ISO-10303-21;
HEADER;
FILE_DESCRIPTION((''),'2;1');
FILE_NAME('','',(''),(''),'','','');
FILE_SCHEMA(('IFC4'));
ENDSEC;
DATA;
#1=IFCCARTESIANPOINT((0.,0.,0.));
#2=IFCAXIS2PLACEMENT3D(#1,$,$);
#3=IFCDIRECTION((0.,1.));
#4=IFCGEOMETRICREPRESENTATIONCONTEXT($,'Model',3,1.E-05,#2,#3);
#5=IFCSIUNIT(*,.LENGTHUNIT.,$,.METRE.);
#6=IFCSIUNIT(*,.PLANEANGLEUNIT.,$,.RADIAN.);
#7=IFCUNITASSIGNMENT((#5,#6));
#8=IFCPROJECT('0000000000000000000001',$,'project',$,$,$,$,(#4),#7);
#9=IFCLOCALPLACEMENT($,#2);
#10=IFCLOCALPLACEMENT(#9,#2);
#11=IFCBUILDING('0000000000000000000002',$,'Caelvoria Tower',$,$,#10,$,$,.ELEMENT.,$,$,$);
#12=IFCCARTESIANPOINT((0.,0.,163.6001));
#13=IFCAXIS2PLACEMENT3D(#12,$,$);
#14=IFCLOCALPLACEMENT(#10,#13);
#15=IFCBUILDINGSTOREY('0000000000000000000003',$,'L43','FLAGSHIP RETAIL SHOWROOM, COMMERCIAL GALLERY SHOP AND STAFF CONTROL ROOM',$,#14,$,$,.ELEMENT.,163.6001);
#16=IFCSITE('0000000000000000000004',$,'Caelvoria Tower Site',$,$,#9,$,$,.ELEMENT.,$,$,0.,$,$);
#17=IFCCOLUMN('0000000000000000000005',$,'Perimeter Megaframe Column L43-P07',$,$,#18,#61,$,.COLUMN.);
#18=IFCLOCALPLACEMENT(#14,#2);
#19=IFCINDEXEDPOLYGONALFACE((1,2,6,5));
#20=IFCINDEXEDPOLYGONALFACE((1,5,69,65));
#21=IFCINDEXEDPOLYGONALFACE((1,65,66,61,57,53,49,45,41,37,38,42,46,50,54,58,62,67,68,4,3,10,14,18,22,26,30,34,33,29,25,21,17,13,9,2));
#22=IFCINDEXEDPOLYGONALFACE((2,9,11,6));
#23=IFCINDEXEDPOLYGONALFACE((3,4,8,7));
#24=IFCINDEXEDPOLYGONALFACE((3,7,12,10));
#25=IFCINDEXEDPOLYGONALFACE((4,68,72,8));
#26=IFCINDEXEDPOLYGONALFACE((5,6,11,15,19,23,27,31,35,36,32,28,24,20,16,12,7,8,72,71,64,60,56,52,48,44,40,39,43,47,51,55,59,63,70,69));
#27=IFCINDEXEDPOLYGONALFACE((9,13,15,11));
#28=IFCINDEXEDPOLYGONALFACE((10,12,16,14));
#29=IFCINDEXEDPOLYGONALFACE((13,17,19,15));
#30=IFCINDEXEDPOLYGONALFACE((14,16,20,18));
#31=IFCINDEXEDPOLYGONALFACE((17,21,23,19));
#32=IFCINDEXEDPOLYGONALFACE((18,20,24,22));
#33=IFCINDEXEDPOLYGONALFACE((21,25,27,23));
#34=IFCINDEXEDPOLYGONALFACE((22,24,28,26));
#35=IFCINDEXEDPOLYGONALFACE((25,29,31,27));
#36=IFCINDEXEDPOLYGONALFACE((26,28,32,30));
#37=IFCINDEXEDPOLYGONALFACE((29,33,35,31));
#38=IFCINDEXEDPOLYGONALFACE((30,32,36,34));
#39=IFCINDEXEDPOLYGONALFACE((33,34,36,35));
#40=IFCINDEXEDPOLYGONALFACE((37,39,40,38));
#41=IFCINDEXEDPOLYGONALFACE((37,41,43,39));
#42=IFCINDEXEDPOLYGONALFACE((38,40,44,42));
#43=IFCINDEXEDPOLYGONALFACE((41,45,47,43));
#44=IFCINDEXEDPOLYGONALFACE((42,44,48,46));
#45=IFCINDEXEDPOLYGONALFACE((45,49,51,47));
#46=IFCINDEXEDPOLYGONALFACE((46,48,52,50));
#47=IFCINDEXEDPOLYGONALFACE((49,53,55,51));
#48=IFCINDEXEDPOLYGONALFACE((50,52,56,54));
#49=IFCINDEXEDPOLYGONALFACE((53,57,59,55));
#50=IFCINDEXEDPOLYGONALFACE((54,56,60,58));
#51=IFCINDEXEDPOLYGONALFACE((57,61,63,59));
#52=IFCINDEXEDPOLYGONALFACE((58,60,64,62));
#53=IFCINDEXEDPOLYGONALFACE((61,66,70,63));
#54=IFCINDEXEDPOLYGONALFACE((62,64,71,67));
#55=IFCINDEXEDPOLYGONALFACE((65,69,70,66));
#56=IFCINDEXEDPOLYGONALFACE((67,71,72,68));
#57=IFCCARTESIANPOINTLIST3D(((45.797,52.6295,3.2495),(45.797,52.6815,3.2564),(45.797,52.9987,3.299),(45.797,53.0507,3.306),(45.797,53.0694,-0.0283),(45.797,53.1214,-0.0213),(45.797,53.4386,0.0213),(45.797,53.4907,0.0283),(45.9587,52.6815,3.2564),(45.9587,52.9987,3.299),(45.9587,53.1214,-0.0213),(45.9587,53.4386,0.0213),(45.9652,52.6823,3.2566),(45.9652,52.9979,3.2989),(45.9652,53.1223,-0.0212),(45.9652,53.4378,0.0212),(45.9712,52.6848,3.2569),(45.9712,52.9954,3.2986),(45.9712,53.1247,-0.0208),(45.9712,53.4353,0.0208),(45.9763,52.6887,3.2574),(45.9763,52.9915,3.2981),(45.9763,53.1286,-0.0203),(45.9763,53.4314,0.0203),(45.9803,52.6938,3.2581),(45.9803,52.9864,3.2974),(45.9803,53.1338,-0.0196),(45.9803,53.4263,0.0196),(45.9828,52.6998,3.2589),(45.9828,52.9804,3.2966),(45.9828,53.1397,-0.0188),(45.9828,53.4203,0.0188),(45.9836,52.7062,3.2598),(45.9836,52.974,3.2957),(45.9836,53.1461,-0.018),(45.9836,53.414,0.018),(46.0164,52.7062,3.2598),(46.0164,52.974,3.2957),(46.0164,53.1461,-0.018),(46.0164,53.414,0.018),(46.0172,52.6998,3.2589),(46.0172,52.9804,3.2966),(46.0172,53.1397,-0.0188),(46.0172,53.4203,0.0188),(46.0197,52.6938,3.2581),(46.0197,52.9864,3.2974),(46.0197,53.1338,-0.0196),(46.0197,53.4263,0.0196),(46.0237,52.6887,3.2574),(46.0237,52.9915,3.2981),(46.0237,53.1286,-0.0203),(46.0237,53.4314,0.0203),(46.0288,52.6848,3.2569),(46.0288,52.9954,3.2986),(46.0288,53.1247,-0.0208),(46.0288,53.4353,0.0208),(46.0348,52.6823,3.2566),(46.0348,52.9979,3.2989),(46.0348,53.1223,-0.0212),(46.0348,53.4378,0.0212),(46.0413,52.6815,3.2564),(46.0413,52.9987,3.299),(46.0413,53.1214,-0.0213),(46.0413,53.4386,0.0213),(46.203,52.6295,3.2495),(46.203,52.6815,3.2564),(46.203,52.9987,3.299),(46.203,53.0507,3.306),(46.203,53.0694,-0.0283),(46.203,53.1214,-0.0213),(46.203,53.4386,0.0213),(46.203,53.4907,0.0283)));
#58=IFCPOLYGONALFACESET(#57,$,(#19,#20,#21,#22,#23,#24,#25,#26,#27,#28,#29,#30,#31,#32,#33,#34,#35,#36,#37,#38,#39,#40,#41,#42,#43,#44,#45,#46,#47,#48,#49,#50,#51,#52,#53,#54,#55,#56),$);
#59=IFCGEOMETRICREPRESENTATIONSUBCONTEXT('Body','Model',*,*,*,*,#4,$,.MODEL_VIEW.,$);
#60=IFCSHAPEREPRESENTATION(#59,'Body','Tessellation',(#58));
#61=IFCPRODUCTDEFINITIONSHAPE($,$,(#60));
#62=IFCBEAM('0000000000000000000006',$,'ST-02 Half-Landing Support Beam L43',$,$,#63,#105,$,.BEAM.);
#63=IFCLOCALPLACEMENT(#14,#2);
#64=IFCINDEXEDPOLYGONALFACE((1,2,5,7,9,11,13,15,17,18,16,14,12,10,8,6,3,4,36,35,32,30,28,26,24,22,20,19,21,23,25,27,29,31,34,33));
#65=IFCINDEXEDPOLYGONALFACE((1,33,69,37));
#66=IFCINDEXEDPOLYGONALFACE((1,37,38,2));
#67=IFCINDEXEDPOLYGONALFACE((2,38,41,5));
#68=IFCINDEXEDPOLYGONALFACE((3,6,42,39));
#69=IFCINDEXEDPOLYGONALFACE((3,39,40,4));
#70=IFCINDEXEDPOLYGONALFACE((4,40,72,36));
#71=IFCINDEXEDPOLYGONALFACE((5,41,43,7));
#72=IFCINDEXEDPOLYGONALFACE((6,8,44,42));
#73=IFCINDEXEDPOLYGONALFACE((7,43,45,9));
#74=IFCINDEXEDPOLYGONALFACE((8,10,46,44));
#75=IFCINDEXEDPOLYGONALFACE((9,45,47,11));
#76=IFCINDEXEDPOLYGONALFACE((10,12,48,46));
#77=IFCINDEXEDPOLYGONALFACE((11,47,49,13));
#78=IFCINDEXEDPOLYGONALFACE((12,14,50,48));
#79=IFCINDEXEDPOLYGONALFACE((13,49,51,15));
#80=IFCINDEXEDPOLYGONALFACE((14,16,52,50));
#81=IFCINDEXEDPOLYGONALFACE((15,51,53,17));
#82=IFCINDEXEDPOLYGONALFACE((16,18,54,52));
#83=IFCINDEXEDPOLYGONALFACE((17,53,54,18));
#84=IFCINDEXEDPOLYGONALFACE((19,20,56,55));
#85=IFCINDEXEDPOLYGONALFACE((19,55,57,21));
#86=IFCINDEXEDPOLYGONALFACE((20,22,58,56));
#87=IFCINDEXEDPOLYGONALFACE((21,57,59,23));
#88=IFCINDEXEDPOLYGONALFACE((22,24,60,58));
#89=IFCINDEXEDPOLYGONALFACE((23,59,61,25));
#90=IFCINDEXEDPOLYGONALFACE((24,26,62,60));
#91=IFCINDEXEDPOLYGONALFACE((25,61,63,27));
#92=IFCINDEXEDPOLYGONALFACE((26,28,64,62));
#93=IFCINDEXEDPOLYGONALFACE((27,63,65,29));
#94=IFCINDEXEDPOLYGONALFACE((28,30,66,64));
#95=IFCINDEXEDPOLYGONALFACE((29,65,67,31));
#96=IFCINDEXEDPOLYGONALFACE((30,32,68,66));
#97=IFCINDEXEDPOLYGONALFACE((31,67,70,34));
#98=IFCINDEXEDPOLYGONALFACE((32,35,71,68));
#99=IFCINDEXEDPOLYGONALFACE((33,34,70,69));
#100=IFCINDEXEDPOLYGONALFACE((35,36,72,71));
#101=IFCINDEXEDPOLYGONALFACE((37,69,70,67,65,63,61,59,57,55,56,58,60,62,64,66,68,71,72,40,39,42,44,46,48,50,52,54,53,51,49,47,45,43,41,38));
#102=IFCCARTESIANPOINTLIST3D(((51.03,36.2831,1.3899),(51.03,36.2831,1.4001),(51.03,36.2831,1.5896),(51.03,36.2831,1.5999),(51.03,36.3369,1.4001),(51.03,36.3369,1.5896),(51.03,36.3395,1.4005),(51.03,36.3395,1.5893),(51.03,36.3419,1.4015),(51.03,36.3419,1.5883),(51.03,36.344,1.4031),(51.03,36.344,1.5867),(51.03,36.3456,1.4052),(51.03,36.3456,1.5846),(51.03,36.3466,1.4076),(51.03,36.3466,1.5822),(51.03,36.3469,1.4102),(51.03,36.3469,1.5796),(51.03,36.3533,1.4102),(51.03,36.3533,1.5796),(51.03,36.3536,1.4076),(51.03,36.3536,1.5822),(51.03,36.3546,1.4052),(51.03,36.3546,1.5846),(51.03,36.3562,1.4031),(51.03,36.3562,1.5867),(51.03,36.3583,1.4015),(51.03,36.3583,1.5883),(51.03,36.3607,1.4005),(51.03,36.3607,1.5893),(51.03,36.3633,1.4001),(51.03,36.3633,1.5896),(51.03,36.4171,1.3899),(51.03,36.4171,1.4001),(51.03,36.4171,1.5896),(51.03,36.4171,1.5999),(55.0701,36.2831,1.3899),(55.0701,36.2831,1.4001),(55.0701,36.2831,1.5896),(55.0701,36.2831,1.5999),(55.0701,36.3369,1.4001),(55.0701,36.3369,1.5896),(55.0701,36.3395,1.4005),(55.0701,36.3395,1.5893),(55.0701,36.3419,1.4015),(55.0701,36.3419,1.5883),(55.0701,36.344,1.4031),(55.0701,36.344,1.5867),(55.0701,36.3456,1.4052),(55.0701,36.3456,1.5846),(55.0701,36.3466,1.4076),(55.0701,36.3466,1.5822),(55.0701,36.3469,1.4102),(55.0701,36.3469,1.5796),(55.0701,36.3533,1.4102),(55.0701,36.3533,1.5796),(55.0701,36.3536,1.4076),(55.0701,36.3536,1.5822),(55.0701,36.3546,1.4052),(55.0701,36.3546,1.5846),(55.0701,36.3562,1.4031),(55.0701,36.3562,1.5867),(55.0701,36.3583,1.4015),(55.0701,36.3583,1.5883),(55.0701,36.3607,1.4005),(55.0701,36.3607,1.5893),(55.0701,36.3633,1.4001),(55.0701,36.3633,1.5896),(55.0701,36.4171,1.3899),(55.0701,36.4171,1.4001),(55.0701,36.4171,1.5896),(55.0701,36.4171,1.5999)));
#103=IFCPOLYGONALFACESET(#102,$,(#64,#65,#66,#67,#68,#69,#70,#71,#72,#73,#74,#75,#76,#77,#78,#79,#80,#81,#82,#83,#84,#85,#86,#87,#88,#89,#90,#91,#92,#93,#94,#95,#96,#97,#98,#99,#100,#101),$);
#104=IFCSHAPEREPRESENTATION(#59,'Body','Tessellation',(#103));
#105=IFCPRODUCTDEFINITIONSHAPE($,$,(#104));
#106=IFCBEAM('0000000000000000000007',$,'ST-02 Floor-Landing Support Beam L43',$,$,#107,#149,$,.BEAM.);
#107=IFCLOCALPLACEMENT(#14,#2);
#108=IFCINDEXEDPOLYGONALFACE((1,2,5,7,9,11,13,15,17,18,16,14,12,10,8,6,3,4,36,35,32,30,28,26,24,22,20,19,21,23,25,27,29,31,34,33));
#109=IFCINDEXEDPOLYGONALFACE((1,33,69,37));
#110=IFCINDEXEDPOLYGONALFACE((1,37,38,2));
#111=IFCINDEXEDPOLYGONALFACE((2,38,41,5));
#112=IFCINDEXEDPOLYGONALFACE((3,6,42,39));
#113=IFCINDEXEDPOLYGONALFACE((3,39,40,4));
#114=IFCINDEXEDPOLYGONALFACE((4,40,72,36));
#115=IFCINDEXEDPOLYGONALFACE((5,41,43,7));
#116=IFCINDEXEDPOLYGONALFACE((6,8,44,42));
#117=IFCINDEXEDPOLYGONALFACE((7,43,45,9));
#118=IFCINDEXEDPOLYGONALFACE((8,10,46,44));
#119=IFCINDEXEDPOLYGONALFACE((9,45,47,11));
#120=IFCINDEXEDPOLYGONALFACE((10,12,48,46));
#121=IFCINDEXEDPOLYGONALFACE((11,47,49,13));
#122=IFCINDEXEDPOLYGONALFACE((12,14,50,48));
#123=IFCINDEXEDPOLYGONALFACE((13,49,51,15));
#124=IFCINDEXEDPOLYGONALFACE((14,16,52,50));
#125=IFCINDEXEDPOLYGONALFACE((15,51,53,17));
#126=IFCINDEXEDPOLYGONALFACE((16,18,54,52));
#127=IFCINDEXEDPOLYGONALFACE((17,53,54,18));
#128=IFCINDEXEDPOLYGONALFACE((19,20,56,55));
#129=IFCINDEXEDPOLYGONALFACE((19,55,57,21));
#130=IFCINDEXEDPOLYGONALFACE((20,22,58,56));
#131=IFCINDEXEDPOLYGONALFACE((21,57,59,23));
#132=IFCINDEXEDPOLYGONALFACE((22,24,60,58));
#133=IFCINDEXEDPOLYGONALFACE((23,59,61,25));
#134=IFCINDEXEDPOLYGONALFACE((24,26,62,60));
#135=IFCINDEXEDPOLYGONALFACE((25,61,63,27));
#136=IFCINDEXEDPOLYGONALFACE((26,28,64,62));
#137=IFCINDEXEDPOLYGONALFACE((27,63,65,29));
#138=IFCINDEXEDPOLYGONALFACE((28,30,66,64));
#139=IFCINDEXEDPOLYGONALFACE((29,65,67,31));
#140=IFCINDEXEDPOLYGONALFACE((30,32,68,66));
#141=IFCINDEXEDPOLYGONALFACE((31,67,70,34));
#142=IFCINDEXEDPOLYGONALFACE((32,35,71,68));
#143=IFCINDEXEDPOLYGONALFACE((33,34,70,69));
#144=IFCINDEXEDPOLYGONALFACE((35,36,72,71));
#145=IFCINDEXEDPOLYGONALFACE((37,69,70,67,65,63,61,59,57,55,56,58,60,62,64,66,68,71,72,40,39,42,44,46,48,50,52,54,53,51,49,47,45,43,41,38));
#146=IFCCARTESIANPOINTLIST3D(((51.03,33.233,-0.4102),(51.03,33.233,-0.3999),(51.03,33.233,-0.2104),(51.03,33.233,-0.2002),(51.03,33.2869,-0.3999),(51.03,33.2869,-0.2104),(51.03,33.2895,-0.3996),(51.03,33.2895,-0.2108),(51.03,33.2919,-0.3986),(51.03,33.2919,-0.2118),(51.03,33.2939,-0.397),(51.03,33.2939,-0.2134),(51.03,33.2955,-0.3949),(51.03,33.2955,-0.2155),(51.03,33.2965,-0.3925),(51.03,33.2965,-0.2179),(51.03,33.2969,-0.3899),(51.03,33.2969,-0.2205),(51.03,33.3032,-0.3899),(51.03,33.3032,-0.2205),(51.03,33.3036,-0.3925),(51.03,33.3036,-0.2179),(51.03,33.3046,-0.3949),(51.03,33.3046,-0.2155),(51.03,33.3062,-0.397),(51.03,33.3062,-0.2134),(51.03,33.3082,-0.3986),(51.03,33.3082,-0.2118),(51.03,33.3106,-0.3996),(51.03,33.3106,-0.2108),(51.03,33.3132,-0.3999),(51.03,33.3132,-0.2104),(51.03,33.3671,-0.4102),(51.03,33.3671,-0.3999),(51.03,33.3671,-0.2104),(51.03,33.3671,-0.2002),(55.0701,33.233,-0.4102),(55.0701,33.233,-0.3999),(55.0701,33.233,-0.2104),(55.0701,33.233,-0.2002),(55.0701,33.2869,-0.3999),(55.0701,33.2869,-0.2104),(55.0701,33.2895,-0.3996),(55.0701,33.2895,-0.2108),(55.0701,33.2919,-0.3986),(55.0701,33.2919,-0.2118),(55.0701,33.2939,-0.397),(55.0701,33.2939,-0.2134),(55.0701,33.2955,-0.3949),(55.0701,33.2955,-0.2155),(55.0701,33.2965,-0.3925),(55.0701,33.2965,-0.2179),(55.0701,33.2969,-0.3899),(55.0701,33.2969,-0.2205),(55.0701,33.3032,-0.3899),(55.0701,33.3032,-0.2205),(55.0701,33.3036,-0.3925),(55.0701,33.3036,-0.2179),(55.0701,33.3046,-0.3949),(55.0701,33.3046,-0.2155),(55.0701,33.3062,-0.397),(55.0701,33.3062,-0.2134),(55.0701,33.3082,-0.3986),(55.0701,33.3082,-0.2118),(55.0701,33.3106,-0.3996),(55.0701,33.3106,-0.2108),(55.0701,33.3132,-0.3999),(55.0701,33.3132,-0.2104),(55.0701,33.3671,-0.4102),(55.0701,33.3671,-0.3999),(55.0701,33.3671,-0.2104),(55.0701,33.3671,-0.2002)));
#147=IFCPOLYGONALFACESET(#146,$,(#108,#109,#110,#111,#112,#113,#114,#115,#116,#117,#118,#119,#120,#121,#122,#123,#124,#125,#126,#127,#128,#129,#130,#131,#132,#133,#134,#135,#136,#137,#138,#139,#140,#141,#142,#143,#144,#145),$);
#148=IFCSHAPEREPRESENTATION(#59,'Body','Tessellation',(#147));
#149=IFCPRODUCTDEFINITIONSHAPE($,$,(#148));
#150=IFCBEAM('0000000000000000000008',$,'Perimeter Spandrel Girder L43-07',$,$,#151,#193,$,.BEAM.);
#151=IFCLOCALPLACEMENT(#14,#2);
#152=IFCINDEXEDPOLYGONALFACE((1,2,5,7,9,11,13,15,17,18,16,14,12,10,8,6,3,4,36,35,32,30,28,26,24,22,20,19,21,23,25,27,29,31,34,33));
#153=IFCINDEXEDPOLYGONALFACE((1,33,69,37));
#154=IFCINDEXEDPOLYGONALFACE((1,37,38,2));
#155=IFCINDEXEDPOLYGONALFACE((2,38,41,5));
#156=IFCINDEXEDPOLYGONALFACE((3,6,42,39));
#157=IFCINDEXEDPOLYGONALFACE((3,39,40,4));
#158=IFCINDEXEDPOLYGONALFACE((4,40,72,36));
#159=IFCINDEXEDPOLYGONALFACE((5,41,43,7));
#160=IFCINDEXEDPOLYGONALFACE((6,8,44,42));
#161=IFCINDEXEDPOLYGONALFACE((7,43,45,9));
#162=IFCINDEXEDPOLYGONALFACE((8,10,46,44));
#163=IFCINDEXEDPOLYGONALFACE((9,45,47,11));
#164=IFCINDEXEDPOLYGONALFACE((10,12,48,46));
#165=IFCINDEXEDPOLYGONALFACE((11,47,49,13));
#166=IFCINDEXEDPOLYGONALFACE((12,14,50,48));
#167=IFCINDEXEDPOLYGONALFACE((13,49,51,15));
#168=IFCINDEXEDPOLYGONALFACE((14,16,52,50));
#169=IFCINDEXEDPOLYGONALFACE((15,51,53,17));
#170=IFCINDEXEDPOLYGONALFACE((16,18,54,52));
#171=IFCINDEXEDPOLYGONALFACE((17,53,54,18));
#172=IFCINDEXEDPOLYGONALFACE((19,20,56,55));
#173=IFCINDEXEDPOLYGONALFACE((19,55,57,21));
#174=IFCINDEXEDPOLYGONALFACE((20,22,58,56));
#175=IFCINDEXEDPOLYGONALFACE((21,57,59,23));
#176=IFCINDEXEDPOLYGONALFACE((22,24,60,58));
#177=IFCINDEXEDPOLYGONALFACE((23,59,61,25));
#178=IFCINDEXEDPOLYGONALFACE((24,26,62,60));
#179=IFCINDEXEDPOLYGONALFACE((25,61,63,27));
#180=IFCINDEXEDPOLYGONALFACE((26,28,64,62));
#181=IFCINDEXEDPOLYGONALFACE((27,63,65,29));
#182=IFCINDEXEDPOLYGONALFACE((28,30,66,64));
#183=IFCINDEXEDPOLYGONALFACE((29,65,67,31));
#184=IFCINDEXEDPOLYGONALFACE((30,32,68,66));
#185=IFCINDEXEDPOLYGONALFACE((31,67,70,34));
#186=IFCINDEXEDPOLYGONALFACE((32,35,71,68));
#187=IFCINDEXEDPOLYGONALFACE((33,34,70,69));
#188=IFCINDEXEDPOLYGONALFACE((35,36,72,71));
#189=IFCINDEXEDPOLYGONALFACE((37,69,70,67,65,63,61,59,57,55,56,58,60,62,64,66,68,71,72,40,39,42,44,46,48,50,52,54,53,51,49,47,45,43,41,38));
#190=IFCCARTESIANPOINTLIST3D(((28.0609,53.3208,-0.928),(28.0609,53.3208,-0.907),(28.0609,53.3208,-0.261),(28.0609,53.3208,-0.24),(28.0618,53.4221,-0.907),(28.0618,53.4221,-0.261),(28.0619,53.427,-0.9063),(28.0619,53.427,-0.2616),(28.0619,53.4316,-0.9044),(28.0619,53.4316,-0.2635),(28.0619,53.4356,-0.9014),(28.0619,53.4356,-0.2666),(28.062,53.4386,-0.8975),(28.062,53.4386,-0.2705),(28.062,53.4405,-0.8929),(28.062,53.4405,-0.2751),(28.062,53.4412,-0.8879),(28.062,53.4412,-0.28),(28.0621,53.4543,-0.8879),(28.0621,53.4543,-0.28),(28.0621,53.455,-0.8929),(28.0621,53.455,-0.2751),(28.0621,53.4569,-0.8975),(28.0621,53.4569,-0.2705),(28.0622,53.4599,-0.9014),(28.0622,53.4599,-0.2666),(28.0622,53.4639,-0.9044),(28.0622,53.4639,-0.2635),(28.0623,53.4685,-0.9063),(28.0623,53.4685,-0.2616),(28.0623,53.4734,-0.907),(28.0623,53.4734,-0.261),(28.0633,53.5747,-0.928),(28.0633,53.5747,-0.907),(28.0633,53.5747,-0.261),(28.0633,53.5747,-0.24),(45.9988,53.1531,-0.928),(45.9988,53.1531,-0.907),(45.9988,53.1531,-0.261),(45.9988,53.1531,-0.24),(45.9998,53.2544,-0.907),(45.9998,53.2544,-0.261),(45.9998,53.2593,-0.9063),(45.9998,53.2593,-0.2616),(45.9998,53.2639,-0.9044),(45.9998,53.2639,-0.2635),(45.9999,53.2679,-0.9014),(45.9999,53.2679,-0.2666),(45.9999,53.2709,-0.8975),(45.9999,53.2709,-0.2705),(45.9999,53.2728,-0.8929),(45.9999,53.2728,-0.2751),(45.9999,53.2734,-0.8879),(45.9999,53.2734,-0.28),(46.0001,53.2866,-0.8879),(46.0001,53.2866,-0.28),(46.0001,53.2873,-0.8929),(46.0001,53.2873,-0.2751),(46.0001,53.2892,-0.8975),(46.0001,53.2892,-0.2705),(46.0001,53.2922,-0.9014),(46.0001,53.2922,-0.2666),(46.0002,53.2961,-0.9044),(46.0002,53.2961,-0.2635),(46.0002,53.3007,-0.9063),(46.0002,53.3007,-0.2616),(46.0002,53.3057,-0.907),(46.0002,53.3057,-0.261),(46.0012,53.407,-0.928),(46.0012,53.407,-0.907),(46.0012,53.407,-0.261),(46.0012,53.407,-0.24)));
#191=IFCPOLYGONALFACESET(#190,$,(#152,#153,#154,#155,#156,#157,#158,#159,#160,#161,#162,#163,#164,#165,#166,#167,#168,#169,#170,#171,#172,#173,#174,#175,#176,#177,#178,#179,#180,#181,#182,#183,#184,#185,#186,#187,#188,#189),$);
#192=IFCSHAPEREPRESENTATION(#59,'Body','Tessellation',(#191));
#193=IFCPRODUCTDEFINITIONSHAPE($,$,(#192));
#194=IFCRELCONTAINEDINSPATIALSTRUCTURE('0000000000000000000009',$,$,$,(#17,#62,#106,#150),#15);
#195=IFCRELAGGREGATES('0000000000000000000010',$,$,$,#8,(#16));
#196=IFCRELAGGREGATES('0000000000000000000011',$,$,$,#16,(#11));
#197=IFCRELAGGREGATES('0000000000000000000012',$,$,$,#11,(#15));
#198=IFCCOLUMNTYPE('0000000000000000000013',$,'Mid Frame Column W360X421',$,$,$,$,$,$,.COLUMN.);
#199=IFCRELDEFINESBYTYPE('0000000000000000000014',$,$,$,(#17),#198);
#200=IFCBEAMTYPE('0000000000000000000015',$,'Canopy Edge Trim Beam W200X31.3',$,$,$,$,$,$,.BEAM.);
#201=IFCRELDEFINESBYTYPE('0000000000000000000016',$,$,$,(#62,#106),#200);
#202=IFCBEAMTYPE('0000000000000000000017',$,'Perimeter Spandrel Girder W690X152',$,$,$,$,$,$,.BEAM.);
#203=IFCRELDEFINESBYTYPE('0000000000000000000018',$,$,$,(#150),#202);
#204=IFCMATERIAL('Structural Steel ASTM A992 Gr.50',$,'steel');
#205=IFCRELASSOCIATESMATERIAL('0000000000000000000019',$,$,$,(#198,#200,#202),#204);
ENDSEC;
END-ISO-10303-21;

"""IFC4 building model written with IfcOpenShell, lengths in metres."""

from ifc_helpers import new_model, si_unit, direction, frame, origin, origin_2d, place, context, subcontext, project, spatial, i_section, extrude, material, material_profile, profile_set, type_object, element, save


model = new_model("IFC4")

# Units and contexts
model_context = context("Model", 3, precision=1e-05, world=origin(), true_north=direction((0.0, 1.0)))
body_context = subcontext(model_context, "Body", "Model", "MODEL_VIEW")
ifc_project = project(units=[si_unit("LENGTHUNIT", "METRE"), si_unit("PLANEANGLEUNIT", "RADIAN")], contexts=[model_context])

# Site, building, storey
site_placement = place(None, origin())
site = spatial("IfcSite", under=ifc_project, at=site_placement, Name="Caelvoria Tower Site", CompositionType="ELEMENT", RefElevation=0.0)
building_placement = place(site_placement, origin())
building = spatial("IfcBuilding", under=site, at=building_placement, Name="Caelvoria Tower", CompositionType="ELEMENT")
storey_placement = place(building_placement, frame((0.0, 0.0, 163.6001)))
storey = spatial("IfcBuildingStorey", under=building, at=storey_placement, Name="L43", Description="FLAGSHIP RETAIL SHOWROOM, COMMERCIAL GALLERY SHOP AND STAFF CONTROL ROOM", CompositionType="ELEMENT", Elevation=163.6001)

# Column
ifc_material_1 = material(Name="Structural Steel ASTM A992 Gr.50", Category="steel")
ifc_material_profile_1 = material_profile(ifc_material_1, i_section(OverallWidth=0.406, OverallDepth=0.425, WebThickness=0.0327, FlangeThickness=0.0525, FilletRadius=0.0249, at=origin_2d()), Name="Structural Steel ASTM A992 Gr.50")
ifc_profile_set_1 = profile_set([ifc_material_profile_1], Name="W360X421 - Structural Steel ASTM A992 Gr.50")
column_type = type_object("IfcColumnType", Name="Mid Frame Column W360X421", PredefinedType="COLUMN", material=ifc_profile_set_1)
column_placement = place(storey_placement, frame((46.0, 53.28, 0.0), z_axis=(0.0, -0.133024, 0.991113), x_axis=(1.0, 0.0, 0.0)))
element("IfcColumn", 1, at=column_placement, inside=storey, type_object=column_type, Name="Perimeter Megaframe Column L43-P07", PredefinedType="COLUMN", context=body_context, shape_type="SweptSolid", body=[
    extrude(i_section(OverallWidth=0.406, OverallDepth=0.425, WebThickness=0.0327, FlangeThickness=0.0525, FilletRadius=0.0249, at=origin_2d()), origin(), (0.0, 0.0, 1.0), 3.3071),
])

# Beams
ifc_material_profile_2 = material_profile(ifc_material_1, i_section(OverallWidth=0.134, OverallDepth=0.21, WebThickness=0.0063, FlangeThickness=0.0103, FilletRadius=0.01, at=origin_2d()), Name="Structural Steel ASTM A992 Gr.50")
ifc_profile_set_2 = profile_set([ifc_material_profile_2], Name="W200X31.3 - Structural Steel ASTM A992 Gr.50")
beam_type_1 = type_object("IfcBeamType", Name="Canopy Edge Trim Beam W200X31.3", PredefinedType="BEAM", material=ifc_profile_set_2)
for number, where, z_axis, x_axis, name in (
    (2, (51.03, 36.3501, 1.4949), (1.0, 0.0, 0.0), (0.0, 1.0, 0.0), "ST-02 Half-Landing Support Beam L43"),
    (3, (51.03, 33.3, -0.3052), (1.0, 0.0, 0.0), (0.0, 1.0, 0.0), "ST-02 Floor-Landing Support Beam L43"),
):
    element("IfcBeam", number, at=place(storey_placement, frame(where, z_axis=z_axis, x_axis=x_axis)), inside=storey, type_object=beam_type_1, Name=name, PredefinedType="BEAM", context=body_context, shape_type="SweptSolid", body=[
        extrude(i_section(OverallWidth=0.134, OverallDepth=0.21, WebThickness=0.0063, FlangeThickness=0.0103, FilletRadius=0.01, at=origin_2d()), origin(), (0.0, 0.0, 1.0), 4.04),
    ])
ifc_material_profile_3 = material_profile(ifc_material_1, i_section(OverallWidth=0.2539, OverallDepth=0.688, WebThickness=0.0132, FlangeThickness=0.021, FilletRadius=0.019, at=origin_2d()), Name="Structural Steel ASTM A992 Gr.50")
ifc_profile_set_3 = profile_set([ifc_material_profile_3], Name="W690X152 - Structural Steel ASTM A992 Gr.50")
beam_type_2 = type_object("IfcBeamType", Name="Perimeter Spandrel Girder W690X152", PredefinedType="BEAM", material=ifc_profile_set_3)
beam_1_placement = place(storey_placement, frame((46.0, 53.28, -0.584), z_axis=(-0.999956, 0.00935, 0.0), x_axis=(-0.00935, -0.999956, 0.0)))
element("IfcBeam", 4, at=beam_1_placement, inside=storey, type_object=beam_type_2, Name="Perimeter Spandrel Girder L43-07", PredefinedType="BEAM", context=body_context, shape_type="SweptSolid", body=[
    extrude(i_section(OverallWidth=0.2539, OverallDepth=0.688, WebThickness=0.0132, FlangeThickness=0.021, FilletRadius=0.019, at=origin_2d()), origin(), (0.0, 0.0, 1.0), 17.9387),
])

save(model, "model.ifc")
